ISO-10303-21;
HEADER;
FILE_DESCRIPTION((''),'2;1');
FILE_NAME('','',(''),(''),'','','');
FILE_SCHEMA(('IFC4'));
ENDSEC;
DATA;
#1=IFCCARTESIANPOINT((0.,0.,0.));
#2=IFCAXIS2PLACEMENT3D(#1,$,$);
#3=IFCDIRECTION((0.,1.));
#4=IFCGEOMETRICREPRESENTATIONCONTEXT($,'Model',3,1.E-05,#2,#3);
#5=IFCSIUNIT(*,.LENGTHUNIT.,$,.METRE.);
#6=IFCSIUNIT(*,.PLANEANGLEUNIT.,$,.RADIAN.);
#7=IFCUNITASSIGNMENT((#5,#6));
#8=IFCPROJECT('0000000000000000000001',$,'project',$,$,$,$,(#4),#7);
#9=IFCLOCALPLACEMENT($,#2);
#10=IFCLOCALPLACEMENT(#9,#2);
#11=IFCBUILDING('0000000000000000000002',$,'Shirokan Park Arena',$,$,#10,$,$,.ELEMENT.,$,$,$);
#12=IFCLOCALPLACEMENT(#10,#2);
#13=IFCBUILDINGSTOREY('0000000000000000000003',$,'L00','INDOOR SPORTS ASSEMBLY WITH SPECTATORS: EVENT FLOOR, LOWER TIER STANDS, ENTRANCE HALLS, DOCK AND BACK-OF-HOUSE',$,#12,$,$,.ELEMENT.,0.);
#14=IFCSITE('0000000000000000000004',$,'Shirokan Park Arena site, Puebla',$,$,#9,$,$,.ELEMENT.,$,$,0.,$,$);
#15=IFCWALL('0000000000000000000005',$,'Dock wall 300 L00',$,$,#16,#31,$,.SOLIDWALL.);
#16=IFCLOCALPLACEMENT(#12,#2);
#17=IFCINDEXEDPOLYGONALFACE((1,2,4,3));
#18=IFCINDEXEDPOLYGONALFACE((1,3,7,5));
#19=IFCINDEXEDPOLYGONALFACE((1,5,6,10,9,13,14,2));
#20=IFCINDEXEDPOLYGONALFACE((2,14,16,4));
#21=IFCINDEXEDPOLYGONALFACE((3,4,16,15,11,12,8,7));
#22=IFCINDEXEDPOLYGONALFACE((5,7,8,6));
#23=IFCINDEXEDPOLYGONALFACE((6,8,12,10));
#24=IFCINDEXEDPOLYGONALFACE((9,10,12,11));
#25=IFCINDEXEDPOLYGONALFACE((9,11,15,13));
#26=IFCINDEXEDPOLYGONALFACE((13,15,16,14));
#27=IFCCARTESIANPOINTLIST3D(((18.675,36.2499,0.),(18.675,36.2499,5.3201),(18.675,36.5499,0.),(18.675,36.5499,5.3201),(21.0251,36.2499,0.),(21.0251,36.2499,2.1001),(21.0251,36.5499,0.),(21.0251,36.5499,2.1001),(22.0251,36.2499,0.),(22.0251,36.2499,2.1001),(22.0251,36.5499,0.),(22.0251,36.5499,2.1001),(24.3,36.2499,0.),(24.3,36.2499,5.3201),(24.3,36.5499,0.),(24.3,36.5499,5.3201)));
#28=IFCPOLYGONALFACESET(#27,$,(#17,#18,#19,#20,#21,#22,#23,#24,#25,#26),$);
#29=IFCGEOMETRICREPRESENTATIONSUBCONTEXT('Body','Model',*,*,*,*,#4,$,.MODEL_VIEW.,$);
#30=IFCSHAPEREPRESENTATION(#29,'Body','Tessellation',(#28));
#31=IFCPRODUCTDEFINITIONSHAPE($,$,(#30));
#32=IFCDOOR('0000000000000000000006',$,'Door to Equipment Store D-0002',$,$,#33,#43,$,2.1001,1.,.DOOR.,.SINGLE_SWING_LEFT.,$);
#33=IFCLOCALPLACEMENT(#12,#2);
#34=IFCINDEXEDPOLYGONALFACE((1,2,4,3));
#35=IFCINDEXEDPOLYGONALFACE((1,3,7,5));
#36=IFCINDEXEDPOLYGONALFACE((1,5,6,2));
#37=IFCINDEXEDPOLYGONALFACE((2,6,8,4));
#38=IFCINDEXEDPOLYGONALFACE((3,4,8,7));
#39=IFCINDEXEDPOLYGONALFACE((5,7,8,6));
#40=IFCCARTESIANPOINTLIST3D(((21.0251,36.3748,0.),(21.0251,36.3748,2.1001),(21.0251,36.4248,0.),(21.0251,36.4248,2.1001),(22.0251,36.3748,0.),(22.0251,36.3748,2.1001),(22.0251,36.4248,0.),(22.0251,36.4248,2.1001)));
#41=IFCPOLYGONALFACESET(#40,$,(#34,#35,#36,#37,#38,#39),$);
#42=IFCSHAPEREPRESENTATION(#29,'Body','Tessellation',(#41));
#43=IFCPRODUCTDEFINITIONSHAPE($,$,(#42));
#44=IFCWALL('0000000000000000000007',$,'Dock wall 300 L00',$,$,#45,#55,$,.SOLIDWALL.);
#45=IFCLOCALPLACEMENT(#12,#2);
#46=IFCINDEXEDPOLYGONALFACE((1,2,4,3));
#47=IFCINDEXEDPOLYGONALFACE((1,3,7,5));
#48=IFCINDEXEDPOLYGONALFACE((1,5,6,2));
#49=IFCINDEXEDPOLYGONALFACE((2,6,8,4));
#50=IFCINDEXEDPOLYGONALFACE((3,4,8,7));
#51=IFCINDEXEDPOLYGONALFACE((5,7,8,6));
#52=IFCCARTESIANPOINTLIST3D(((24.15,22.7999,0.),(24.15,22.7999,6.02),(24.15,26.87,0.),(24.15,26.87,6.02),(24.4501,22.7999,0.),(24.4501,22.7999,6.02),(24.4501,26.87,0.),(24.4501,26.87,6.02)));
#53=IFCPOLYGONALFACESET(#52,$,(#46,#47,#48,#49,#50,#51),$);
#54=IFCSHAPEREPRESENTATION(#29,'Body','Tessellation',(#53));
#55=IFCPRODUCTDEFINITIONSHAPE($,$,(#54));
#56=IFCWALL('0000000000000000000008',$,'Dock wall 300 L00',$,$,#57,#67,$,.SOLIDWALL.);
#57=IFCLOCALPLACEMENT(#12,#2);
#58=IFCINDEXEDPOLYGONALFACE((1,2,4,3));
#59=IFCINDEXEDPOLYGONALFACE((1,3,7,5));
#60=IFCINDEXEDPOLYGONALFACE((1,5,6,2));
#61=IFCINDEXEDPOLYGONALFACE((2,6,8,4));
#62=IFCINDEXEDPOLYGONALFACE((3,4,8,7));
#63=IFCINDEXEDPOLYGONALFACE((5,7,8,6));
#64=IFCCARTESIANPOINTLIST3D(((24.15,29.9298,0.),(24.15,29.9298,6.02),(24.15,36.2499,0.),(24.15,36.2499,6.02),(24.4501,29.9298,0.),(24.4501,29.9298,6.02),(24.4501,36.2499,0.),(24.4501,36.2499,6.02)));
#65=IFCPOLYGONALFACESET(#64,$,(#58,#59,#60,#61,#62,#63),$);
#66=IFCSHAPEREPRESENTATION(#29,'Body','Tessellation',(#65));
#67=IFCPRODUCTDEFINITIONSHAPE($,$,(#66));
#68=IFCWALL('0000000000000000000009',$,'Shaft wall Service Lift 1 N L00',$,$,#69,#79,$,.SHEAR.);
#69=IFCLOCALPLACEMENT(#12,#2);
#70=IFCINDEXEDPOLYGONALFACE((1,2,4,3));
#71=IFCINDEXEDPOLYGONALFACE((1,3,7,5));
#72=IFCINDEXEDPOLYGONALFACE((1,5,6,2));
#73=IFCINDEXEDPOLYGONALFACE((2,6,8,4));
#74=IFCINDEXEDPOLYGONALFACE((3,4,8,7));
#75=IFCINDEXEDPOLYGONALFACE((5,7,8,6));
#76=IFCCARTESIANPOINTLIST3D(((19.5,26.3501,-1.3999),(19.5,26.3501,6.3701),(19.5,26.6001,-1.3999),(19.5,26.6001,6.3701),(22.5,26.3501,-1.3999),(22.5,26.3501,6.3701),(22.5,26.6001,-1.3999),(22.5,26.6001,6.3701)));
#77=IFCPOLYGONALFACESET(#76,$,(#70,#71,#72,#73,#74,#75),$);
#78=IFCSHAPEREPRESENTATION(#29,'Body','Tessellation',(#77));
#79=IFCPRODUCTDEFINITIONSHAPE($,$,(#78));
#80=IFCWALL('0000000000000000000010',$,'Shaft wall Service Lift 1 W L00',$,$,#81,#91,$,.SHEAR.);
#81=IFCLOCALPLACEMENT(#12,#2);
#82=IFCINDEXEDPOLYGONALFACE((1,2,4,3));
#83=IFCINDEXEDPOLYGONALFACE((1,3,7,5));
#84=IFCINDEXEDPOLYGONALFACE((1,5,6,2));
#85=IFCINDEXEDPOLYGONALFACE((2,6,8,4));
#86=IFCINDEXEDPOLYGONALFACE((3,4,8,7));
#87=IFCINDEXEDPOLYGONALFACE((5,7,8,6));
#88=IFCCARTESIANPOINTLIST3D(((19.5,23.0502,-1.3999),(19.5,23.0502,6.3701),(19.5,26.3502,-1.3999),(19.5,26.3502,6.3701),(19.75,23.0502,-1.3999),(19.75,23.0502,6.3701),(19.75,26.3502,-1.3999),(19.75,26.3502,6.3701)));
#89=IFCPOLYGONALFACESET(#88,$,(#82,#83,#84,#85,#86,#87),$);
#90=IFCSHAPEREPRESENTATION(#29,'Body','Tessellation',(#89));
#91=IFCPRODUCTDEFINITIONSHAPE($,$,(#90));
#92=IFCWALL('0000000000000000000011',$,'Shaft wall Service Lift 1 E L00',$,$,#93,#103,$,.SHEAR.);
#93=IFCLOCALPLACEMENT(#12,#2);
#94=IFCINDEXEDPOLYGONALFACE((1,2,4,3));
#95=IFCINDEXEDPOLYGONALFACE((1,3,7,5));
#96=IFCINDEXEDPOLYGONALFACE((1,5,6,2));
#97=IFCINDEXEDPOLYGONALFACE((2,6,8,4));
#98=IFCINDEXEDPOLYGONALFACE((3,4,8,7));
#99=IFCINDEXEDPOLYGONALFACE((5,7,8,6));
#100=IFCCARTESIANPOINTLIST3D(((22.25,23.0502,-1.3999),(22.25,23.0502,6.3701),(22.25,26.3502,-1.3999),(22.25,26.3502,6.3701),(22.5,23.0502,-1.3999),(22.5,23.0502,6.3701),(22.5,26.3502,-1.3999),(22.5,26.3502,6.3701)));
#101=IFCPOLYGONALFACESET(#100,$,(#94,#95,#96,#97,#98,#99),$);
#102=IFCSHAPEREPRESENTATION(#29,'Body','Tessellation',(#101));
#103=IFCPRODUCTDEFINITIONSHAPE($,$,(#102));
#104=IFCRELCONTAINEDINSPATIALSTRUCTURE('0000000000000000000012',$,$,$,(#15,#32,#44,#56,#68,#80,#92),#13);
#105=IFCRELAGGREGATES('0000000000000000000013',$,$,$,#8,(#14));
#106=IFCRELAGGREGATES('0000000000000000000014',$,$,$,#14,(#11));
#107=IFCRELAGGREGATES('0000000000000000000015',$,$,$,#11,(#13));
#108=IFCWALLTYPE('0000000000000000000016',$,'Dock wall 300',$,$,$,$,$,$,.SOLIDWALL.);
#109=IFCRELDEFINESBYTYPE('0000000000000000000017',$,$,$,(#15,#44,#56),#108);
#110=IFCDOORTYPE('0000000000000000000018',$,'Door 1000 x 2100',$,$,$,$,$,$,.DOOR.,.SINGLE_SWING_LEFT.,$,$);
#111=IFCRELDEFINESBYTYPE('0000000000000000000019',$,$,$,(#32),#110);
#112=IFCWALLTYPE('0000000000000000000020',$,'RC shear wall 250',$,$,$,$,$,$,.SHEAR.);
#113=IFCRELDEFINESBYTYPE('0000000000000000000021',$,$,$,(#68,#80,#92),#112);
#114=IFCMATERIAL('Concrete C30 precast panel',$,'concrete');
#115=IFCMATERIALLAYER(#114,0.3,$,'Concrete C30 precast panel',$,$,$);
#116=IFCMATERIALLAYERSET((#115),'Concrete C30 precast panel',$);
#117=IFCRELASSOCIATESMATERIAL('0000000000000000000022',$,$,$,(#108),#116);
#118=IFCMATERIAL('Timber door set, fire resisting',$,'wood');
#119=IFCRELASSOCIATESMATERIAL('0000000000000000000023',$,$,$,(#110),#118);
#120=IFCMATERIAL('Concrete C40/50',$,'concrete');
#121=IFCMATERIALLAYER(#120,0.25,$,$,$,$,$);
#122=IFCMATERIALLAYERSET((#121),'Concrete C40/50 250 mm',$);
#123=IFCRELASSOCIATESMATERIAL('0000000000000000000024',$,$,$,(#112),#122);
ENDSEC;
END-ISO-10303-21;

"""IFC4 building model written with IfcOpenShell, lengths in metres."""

from ifc_helpers import new_model, si_unit, direction, frame, frame_2d, origin, place, context, subcontext, project, spatial, rectangle, extrude, material, layer, layer_set, type_object, element, fill, save


model = new_model("IFC4")

# Units and contexts
model_context = context("Model", 3, precision=1e-05, world=origin(), true_north=direction((0.0, 1.0)))
body_context = subcontext(model_context, "Body", "Model", "MODEL_VIEW")
ifc_project = project(units=[si_unit("LENGTHUNIT", "METRE"), si_unit("PLANEANGLEUNIT", "RADIAN")], contexts=[model_context])

# Site, building, storey
site_placement = place(None, origin())
site = spatial("IfcSite", under=ifc_project, at=site_placement, Name="Shirokan Park Arena site, Puebla", CompositionType="ELEMENT", RefElevation=0.0)
building_placement = place(site_placement, origin())
building = spatial("IfcBuilding", under=site, at=building_placement, Name="Shirokan Park Arena", CompositionType="ELEMENT")
storey_placement = place(building_placement, origin())
storey = spatial("IfcBuildingStorey", under=building, at=storey_placement, Name="L00", Description="INDOOR SPORTS ASSEMBLY WITH SPECTATORS: EVENT FLOOR, LOWER TIER STANDS, ENTRANCE HALLS, DOCK AND BACK-OF-HOUSE", CompositionType="ELEMENT", Elevation=0.0)

# Wall, opening, door
ifc_material_1 = material(Name="Concrete C30 precast panel", Category="concrete")
ifc_layer_1 = layer(ifc_material_1, 0.3, Name="Concrete C30 precast panel")
ifc_layer_set_1 = layer_set([ifc_layer_1], Name="Concrete C30 precast panel")
wall_type_1 = type_object("IfcWallType", Name="Dock wall 300", PredefinedType="SOLIDWALL", material=ifc_layer_set_1)
wall_1_placement = place(storey_placement, frame((18.675, 36.3999, 0.0), z_axis=(0.0, 0.0, 1.0), x_axis=(1.0, 0.0, 0.0)))
wall_1 = element("IfcWall", 1, at=wall_1_placement, inside=storey, type_object=wall_type_1, Name="Dock wall 300 L00", PredefinedType="SOLIDWALL", context=body_context, shape_type="SweptSolid", body=[
    extrude(rectangle(XDim=5.625, YDim=0.3, at=frame_2d((2.8125, 0.0))), origin(), (0.0, 0.0, 1.0), 5.3201),
])
opening_placement = place(wall_1_placement, frame((2.3501, 0.0, 0.0)))
opening = element("IfcOpeningElement", 2, at=opening_placement, cuts=wall_1, PredefinedType="OPENING", context=body_context, shape_type="SweptSolid", body=[
    extrude(rectangle(XDim=1.0, YDim=2.1001, at=frame_2d((0.5, 1.05))), frame((0.0, 0.1599, 0.0), z_axis=(0.0, -1.0, 0.0), x_axis=(1.0, 0.0, 0.0)), (0.0, 0.0, 1.0), 0.3201),
])
ifc_material_2 = material(Name="Timber door set, fire resisting", Category="wood")
door_type = type_object("IfcDoorType", Name="Door 1000 x 2100", OperationType="SINGLE_SWING_LEFT", PredefinedType="DOOR", material=ifc_material_2)
door_placement = place(opening_placement, origin())
door = element("IfcDoor", 3, at=door_placement, inside=storey, type_object=door_type, Name="Door to Equipment Store D-0002", OperationType="SINGLE_SWING_LEFT", OverallHeight=2.1001, OverallWidth=1.0, PredefinedType="DOOR", context=body_context, shape_type="SweptSolid", body=[
    extrude(rectangle(XDim=1.0, YDim=2.1001, at=frame_2d((0.5, 1.05))), frame((0.0, 0.0249, 0.0), z_axis=(0.0, -1.0, 0.0), x_axis=(1.0, 0.0, 0.0)), (0.0, 0.0, 1.0), 0.05),
])
fill(opening, door)

# Walls
wall_2_placement = place(storey_placement, frame((24.3, 26.8701, 0.0), z_axis=(0.0, 0.0, 1.0), x_axis=(0.0, -1.0, 0.0)))
element("IfcWall", 4, at=wall_2_placement, inside=storey, type_object=wall_type_1, Name="Dock wall 300 L00", PredefinedType="SOLIDWALL", context=body_context, shape_type="SweptSolid", body=[
    extrude(rectangle(XDim=4.0701, YDim=0.3, at=frame_2d((2.0352, 0.0))), origin(), (0.0, 0.0, 1.0), 6.02),
])
wall_3_placement = place(storey_placement, frame((24.3, 36.25, 0.0), z_axis=(0.0, 0.0, 1.0), x_axis=(0.0, -1.0, 0.0)))
element("IfcWall", 5, at=wall_3_placement, inside=storey, type_object=wall_type_1, Name="Dock wall 300 L00", PredefinedType="SOLIDWALL", context=body_context, shape_type="SweptSolid", body=[
    extrude(rectangle(XDim=6.3201, YDim=0.3, at=frame_2d((3.1602, 0.0))), origin(), (0.0, 0.0, 1.0), 6.02),
])
ifc_material_3 = material(Name="Concrete C40/50", Category="concrete")
ifc_layer_2 = layer(ifc_material_3, 0.25)
ifc_layer_set_2 = layer_set([ifc_layer_2], Name="Concrete C40/50 250 mm")
wall_type_2 = type_object("IfcWallType", Name="RC shear wall 250", PredefinedType="SHEAR", material=ifc_layer_set_2)
wall_4_placement = place(storey_placement, frame((22.5, 26.4751, -1.3999), z_axis=(0.0, 0.0, 1.0), x_axis=(-1.0, 0.0, 0.0)))
element("IfcWall", 6, at=wall_4_placement, inside=storey, type_object=wall_type_2, Name="Shaft wall Service Lift 1 N L00", PredefinedType="SHEAR", context=body_context, shape_type="SweptSolid", body=[
    extrude(rectangle(XDim=3.0, YDim=0.25, at=frame_2d((1.5, 0.0))), origin(), (0.0, 0.0, 1.0), 7.77),
])
for number, where, z_axis, x_axis, name in (
    (7, (19.625, 26.3501, -1.3999), (0.0, 0.0, 1.0), (0.0, -1.0, 0.0), "Shaft wall Service Lift 1 W L00"),
    (8, (22.375, 26.3501, -1.3999), (0.0, 0.0, 1.0), (0.0, -1.0, 0.0), "Shaft wall Service Lift 1 E L00"),
):
    element("IfcWall", number, at=place(storey_placement, frame(where, z_axis=z_axis, x_axis=x_axis)), inside=storey, type_object=wall_type_2, Name=name, PredefinedType="SHEAR", context=body_context, shape_type="SweptSolid", body=[
        extrude(rectangle(XDim=3.3, YDim=0.25, at=frame_2d((1.6499, 0.0))), origin(), (0.0, 0.0, 1.0), 7.77),
    ])

save(model, "model.ifc")
